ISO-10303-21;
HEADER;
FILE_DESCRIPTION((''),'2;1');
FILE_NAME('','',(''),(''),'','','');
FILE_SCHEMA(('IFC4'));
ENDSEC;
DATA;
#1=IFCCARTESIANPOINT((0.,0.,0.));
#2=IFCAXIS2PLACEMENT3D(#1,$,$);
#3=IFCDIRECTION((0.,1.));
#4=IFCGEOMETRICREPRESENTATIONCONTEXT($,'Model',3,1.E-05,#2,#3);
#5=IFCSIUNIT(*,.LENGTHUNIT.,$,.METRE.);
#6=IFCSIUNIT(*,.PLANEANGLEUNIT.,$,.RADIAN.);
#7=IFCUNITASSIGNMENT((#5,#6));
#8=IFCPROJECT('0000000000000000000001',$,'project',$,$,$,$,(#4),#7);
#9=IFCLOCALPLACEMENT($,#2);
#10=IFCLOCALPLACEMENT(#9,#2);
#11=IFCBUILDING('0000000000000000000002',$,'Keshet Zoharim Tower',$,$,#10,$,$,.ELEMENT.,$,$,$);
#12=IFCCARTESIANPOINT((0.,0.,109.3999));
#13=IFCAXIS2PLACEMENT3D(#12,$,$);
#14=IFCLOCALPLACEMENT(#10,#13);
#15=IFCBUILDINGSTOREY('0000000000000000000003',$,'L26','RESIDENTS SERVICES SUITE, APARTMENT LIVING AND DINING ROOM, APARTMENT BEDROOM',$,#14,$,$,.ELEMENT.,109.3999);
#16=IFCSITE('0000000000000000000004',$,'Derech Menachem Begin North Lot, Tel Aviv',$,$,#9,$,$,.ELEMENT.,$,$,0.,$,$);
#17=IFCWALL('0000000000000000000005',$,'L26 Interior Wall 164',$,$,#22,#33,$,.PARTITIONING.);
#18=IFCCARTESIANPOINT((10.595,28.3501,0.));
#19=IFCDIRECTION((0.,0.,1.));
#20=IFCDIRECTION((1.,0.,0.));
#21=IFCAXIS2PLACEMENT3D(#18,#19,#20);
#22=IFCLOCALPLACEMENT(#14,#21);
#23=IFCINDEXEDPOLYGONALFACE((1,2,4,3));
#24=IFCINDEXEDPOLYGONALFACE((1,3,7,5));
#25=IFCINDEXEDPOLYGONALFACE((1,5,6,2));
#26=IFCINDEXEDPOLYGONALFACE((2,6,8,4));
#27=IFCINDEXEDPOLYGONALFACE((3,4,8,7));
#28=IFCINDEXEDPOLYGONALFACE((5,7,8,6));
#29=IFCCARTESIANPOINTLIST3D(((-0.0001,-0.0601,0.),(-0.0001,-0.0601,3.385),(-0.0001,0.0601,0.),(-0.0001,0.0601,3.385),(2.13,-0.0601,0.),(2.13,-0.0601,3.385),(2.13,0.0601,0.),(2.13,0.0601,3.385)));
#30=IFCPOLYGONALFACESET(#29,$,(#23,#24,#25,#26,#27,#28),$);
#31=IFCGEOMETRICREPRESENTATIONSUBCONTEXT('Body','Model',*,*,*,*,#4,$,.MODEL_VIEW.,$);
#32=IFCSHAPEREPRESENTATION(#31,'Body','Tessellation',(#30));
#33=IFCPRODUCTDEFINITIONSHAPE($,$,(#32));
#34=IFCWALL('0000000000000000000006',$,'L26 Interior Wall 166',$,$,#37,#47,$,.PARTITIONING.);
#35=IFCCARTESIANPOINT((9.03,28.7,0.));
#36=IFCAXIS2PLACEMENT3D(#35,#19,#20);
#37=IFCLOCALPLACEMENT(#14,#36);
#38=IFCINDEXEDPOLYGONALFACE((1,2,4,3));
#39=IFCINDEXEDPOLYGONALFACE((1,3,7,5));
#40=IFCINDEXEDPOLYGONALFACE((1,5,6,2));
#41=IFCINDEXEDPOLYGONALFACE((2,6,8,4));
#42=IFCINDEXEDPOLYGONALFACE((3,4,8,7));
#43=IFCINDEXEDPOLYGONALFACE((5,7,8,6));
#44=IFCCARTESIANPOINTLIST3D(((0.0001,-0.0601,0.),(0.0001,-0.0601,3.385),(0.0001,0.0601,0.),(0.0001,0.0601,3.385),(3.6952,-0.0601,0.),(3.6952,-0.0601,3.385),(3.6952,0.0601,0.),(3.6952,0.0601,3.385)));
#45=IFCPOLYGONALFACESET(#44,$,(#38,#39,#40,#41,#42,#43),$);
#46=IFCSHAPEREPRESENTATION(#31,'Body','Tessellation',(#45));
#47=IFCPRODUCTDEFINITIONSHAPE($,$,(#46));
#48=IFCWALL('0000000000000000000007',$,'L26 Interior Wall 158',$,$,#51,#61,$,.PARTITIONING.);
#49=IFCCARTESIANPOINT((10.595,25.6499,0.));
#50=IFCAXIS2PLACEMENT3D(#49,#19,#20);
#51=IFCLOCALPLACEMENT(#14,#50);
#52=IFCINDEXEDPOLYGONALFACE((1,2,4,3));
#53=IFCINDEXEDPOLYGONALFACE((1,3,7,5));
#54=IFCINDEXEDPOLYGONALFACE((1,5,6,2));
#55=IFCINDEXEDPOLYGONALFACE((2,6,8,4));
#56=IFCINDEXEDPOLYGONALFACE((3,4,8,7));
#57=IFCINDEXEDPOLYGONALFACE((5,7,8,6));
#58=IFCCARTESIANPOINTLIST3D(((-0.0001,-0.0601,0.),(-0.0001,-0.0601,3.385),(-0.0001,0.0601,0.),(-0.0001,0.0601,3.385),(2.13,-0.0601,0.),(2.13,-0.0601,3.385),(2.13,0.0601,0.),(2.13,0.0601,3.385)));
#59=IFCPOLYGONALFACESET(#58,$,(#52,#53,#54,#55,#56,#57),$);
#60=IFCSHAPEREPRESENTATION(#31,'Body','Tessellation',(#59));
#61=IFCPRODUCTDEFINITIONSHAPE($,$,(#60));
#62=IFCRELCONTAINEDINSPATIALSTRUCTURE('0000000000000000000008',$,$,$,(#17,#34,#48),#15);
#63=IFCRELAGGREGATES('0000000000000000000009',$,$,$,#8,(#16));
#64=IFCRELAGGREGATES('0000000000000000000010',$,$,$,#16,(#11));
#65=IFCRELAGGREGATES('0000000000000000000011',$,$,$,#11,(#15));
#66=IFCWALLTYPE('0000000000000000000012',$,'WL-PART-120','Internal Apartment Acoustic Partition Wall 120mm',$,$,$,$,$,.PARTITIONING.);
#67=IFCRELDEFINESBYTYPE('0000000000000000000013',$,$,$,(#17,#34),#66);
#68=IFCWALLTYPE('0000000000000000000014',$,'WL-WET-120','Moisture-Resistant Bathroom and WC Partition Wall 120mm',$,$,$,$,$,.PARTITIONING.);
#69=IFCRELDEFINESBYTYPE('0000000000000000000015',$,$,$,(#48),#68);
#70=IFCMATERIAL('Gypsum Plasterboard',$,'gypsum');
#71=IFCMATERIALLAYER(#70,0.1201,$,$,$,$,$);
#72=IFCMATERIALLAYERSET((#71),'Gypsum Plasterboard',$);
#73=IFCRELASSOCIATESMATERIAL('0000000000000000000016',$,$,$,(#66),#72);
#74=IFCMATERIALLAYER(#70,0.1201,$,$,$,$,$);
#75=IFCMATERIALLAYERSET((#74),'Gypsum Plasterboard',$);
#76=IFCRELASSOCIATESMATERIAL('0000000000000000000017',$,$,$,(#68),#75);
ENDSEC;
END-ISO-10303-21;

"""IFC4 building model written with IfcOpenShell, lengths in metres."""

from ifc_helpers import new_model, si_unit, direction, frame, frame_2d, origin, place, context, subcontext, project, spatial, rectangle, extrude, material, layer, layer_set, type_object, element, save


model = new_model("IFC4")

# Units and contexts
model_context = context("Model", 3, precision=1e-05, world=origin(), true_north=direction((0.0, 1.0)))
body_context = subcontext(model_context, "Body", "Model", "MODEL_VIEW")
ifc_project = project(units=[si_unit("LENGTHUNIT", "METRE"), si_unit("PLANEANGLEUNIT", "RADIAN")], contexts=[model_context])

# Site, building, storey
site_placement = place(None, origin())
site = spatial("IfcSite", under=ifc_project, at=site_placement, Name="Derech Menachem Begin North Lot, Tel Aviv", CompositionType="ELEMENT", RefElevation=0.0)
building_placement = place(site_placement, origin())
building = spatial("IfcBuilding", under=site, at=building_placement, Name="Keshet Zoharim Tower", CompositionType="ELEMENT")
storey_placement = place(building_placement, frame((0.0, 0.0, 109.3999)))
storey = spatial("IfcBuildingStorey", under=building, at=storey_placement, Name="L26", Description="RESIDENTS SERVICES SUITE, APARTMENT LIVING AND DINING ROOM, APARTMENT BEDROOM", CompositionType="ELEMENT", Elevation=109.3999)

# Shared definitions
ifc_material_1 = material(Name="Gypsum Plasterboard", Category="gypsum")

# Shared definitions
ifc_layer_1 = layer(ifc_material_1, 0.1201)
ifc_layer_set_1 = layer_set([ifc_layer_1], Name="Gypsum Plasterboard")
wall_type_1 = type_object("IfcWallType", Name="WL-PART-120", Description="Internal Apartment Acoustic Partition Wall 120mm", PredefinedType="PARTITIONING", material=ifc_layer_set_1)

# Walls
wall_1_placement = place(storey_placement, frame((10.595, 28.3501, 0.0), z_axis=(0.0, 0.0, 1.0), x_axis=(1.0, 0.0, 0.0)))
element("IfcWall", 1, at=wall_1_placement, inside=storey, type_object=wall_type_1, Name="L26 Interior Wall 164", PredefinedType="PARTITIONING", context=body_context, shape_type="SweptSolid", body=[
    extrude(rectangle(XDim=2.1301, YDim=0.1201, at=frame_2d((1.0649, 0.0))), origin(), (0.0, 0.0, 1.0), 3.385),
])
wall_2_placement = place(storey_placement, frame((9.03, 28.7, 0.0), z_axis=(0.0, 0.0, 1.0), x_axis=(1.0, 0.0, 0.0)))
element("IfcWall", 2, at=wall_2_placement, inside=storey, type_object=wall_type_1, Name="L26 Interior Wall 166", PredefinedType="PARTITIONING", context=body_context, shape_type="SweptSolid", body=[
    extrude(rectangle(XDim=3.6951, YDim=0.1201, at=frame_2d((1.8477, 0.0))), origin(), (0.0, 0.0, 1.0), 3.385),
])

# Wall
ifc_layer_2 = layer(ifc_material_1, 0.1201)
ifc_layer_set_2 = layer_set([ifc_layer_2], Name="Gypsum Plasterboard")
wall_type_2 = type_object("IfcWallType", Name="WL-WET-120", Description="Moisture-Resistant Bathroom and WC Partition Wall 120mm", PredefinedType="PARTITIONING", material=ifc_layer_set_2)
wall_3_placement = place(storey_placement, frame((10.595, 25.6499, 0.0), z_axis=(0.0, 0.0, 1.0), x_axis=(1.0, 0.0, 0.0)))
element("IfcWall", 3, at=wall_3_placement, inside=storey, type_object=wall_type_2, Name="L26 Interior Wall 158", PredefinedType="PARTITIONING", context=body_context, shape_type="SweptSolid", body=[
    extrude(rectangle(XDim=2.1301, YDim=0.1201, at=frame_2d((1.0649, 0.0))), origin(), (0.0, 0.0, 1.0), 3.385),
])

save(model, "model.ifc")
